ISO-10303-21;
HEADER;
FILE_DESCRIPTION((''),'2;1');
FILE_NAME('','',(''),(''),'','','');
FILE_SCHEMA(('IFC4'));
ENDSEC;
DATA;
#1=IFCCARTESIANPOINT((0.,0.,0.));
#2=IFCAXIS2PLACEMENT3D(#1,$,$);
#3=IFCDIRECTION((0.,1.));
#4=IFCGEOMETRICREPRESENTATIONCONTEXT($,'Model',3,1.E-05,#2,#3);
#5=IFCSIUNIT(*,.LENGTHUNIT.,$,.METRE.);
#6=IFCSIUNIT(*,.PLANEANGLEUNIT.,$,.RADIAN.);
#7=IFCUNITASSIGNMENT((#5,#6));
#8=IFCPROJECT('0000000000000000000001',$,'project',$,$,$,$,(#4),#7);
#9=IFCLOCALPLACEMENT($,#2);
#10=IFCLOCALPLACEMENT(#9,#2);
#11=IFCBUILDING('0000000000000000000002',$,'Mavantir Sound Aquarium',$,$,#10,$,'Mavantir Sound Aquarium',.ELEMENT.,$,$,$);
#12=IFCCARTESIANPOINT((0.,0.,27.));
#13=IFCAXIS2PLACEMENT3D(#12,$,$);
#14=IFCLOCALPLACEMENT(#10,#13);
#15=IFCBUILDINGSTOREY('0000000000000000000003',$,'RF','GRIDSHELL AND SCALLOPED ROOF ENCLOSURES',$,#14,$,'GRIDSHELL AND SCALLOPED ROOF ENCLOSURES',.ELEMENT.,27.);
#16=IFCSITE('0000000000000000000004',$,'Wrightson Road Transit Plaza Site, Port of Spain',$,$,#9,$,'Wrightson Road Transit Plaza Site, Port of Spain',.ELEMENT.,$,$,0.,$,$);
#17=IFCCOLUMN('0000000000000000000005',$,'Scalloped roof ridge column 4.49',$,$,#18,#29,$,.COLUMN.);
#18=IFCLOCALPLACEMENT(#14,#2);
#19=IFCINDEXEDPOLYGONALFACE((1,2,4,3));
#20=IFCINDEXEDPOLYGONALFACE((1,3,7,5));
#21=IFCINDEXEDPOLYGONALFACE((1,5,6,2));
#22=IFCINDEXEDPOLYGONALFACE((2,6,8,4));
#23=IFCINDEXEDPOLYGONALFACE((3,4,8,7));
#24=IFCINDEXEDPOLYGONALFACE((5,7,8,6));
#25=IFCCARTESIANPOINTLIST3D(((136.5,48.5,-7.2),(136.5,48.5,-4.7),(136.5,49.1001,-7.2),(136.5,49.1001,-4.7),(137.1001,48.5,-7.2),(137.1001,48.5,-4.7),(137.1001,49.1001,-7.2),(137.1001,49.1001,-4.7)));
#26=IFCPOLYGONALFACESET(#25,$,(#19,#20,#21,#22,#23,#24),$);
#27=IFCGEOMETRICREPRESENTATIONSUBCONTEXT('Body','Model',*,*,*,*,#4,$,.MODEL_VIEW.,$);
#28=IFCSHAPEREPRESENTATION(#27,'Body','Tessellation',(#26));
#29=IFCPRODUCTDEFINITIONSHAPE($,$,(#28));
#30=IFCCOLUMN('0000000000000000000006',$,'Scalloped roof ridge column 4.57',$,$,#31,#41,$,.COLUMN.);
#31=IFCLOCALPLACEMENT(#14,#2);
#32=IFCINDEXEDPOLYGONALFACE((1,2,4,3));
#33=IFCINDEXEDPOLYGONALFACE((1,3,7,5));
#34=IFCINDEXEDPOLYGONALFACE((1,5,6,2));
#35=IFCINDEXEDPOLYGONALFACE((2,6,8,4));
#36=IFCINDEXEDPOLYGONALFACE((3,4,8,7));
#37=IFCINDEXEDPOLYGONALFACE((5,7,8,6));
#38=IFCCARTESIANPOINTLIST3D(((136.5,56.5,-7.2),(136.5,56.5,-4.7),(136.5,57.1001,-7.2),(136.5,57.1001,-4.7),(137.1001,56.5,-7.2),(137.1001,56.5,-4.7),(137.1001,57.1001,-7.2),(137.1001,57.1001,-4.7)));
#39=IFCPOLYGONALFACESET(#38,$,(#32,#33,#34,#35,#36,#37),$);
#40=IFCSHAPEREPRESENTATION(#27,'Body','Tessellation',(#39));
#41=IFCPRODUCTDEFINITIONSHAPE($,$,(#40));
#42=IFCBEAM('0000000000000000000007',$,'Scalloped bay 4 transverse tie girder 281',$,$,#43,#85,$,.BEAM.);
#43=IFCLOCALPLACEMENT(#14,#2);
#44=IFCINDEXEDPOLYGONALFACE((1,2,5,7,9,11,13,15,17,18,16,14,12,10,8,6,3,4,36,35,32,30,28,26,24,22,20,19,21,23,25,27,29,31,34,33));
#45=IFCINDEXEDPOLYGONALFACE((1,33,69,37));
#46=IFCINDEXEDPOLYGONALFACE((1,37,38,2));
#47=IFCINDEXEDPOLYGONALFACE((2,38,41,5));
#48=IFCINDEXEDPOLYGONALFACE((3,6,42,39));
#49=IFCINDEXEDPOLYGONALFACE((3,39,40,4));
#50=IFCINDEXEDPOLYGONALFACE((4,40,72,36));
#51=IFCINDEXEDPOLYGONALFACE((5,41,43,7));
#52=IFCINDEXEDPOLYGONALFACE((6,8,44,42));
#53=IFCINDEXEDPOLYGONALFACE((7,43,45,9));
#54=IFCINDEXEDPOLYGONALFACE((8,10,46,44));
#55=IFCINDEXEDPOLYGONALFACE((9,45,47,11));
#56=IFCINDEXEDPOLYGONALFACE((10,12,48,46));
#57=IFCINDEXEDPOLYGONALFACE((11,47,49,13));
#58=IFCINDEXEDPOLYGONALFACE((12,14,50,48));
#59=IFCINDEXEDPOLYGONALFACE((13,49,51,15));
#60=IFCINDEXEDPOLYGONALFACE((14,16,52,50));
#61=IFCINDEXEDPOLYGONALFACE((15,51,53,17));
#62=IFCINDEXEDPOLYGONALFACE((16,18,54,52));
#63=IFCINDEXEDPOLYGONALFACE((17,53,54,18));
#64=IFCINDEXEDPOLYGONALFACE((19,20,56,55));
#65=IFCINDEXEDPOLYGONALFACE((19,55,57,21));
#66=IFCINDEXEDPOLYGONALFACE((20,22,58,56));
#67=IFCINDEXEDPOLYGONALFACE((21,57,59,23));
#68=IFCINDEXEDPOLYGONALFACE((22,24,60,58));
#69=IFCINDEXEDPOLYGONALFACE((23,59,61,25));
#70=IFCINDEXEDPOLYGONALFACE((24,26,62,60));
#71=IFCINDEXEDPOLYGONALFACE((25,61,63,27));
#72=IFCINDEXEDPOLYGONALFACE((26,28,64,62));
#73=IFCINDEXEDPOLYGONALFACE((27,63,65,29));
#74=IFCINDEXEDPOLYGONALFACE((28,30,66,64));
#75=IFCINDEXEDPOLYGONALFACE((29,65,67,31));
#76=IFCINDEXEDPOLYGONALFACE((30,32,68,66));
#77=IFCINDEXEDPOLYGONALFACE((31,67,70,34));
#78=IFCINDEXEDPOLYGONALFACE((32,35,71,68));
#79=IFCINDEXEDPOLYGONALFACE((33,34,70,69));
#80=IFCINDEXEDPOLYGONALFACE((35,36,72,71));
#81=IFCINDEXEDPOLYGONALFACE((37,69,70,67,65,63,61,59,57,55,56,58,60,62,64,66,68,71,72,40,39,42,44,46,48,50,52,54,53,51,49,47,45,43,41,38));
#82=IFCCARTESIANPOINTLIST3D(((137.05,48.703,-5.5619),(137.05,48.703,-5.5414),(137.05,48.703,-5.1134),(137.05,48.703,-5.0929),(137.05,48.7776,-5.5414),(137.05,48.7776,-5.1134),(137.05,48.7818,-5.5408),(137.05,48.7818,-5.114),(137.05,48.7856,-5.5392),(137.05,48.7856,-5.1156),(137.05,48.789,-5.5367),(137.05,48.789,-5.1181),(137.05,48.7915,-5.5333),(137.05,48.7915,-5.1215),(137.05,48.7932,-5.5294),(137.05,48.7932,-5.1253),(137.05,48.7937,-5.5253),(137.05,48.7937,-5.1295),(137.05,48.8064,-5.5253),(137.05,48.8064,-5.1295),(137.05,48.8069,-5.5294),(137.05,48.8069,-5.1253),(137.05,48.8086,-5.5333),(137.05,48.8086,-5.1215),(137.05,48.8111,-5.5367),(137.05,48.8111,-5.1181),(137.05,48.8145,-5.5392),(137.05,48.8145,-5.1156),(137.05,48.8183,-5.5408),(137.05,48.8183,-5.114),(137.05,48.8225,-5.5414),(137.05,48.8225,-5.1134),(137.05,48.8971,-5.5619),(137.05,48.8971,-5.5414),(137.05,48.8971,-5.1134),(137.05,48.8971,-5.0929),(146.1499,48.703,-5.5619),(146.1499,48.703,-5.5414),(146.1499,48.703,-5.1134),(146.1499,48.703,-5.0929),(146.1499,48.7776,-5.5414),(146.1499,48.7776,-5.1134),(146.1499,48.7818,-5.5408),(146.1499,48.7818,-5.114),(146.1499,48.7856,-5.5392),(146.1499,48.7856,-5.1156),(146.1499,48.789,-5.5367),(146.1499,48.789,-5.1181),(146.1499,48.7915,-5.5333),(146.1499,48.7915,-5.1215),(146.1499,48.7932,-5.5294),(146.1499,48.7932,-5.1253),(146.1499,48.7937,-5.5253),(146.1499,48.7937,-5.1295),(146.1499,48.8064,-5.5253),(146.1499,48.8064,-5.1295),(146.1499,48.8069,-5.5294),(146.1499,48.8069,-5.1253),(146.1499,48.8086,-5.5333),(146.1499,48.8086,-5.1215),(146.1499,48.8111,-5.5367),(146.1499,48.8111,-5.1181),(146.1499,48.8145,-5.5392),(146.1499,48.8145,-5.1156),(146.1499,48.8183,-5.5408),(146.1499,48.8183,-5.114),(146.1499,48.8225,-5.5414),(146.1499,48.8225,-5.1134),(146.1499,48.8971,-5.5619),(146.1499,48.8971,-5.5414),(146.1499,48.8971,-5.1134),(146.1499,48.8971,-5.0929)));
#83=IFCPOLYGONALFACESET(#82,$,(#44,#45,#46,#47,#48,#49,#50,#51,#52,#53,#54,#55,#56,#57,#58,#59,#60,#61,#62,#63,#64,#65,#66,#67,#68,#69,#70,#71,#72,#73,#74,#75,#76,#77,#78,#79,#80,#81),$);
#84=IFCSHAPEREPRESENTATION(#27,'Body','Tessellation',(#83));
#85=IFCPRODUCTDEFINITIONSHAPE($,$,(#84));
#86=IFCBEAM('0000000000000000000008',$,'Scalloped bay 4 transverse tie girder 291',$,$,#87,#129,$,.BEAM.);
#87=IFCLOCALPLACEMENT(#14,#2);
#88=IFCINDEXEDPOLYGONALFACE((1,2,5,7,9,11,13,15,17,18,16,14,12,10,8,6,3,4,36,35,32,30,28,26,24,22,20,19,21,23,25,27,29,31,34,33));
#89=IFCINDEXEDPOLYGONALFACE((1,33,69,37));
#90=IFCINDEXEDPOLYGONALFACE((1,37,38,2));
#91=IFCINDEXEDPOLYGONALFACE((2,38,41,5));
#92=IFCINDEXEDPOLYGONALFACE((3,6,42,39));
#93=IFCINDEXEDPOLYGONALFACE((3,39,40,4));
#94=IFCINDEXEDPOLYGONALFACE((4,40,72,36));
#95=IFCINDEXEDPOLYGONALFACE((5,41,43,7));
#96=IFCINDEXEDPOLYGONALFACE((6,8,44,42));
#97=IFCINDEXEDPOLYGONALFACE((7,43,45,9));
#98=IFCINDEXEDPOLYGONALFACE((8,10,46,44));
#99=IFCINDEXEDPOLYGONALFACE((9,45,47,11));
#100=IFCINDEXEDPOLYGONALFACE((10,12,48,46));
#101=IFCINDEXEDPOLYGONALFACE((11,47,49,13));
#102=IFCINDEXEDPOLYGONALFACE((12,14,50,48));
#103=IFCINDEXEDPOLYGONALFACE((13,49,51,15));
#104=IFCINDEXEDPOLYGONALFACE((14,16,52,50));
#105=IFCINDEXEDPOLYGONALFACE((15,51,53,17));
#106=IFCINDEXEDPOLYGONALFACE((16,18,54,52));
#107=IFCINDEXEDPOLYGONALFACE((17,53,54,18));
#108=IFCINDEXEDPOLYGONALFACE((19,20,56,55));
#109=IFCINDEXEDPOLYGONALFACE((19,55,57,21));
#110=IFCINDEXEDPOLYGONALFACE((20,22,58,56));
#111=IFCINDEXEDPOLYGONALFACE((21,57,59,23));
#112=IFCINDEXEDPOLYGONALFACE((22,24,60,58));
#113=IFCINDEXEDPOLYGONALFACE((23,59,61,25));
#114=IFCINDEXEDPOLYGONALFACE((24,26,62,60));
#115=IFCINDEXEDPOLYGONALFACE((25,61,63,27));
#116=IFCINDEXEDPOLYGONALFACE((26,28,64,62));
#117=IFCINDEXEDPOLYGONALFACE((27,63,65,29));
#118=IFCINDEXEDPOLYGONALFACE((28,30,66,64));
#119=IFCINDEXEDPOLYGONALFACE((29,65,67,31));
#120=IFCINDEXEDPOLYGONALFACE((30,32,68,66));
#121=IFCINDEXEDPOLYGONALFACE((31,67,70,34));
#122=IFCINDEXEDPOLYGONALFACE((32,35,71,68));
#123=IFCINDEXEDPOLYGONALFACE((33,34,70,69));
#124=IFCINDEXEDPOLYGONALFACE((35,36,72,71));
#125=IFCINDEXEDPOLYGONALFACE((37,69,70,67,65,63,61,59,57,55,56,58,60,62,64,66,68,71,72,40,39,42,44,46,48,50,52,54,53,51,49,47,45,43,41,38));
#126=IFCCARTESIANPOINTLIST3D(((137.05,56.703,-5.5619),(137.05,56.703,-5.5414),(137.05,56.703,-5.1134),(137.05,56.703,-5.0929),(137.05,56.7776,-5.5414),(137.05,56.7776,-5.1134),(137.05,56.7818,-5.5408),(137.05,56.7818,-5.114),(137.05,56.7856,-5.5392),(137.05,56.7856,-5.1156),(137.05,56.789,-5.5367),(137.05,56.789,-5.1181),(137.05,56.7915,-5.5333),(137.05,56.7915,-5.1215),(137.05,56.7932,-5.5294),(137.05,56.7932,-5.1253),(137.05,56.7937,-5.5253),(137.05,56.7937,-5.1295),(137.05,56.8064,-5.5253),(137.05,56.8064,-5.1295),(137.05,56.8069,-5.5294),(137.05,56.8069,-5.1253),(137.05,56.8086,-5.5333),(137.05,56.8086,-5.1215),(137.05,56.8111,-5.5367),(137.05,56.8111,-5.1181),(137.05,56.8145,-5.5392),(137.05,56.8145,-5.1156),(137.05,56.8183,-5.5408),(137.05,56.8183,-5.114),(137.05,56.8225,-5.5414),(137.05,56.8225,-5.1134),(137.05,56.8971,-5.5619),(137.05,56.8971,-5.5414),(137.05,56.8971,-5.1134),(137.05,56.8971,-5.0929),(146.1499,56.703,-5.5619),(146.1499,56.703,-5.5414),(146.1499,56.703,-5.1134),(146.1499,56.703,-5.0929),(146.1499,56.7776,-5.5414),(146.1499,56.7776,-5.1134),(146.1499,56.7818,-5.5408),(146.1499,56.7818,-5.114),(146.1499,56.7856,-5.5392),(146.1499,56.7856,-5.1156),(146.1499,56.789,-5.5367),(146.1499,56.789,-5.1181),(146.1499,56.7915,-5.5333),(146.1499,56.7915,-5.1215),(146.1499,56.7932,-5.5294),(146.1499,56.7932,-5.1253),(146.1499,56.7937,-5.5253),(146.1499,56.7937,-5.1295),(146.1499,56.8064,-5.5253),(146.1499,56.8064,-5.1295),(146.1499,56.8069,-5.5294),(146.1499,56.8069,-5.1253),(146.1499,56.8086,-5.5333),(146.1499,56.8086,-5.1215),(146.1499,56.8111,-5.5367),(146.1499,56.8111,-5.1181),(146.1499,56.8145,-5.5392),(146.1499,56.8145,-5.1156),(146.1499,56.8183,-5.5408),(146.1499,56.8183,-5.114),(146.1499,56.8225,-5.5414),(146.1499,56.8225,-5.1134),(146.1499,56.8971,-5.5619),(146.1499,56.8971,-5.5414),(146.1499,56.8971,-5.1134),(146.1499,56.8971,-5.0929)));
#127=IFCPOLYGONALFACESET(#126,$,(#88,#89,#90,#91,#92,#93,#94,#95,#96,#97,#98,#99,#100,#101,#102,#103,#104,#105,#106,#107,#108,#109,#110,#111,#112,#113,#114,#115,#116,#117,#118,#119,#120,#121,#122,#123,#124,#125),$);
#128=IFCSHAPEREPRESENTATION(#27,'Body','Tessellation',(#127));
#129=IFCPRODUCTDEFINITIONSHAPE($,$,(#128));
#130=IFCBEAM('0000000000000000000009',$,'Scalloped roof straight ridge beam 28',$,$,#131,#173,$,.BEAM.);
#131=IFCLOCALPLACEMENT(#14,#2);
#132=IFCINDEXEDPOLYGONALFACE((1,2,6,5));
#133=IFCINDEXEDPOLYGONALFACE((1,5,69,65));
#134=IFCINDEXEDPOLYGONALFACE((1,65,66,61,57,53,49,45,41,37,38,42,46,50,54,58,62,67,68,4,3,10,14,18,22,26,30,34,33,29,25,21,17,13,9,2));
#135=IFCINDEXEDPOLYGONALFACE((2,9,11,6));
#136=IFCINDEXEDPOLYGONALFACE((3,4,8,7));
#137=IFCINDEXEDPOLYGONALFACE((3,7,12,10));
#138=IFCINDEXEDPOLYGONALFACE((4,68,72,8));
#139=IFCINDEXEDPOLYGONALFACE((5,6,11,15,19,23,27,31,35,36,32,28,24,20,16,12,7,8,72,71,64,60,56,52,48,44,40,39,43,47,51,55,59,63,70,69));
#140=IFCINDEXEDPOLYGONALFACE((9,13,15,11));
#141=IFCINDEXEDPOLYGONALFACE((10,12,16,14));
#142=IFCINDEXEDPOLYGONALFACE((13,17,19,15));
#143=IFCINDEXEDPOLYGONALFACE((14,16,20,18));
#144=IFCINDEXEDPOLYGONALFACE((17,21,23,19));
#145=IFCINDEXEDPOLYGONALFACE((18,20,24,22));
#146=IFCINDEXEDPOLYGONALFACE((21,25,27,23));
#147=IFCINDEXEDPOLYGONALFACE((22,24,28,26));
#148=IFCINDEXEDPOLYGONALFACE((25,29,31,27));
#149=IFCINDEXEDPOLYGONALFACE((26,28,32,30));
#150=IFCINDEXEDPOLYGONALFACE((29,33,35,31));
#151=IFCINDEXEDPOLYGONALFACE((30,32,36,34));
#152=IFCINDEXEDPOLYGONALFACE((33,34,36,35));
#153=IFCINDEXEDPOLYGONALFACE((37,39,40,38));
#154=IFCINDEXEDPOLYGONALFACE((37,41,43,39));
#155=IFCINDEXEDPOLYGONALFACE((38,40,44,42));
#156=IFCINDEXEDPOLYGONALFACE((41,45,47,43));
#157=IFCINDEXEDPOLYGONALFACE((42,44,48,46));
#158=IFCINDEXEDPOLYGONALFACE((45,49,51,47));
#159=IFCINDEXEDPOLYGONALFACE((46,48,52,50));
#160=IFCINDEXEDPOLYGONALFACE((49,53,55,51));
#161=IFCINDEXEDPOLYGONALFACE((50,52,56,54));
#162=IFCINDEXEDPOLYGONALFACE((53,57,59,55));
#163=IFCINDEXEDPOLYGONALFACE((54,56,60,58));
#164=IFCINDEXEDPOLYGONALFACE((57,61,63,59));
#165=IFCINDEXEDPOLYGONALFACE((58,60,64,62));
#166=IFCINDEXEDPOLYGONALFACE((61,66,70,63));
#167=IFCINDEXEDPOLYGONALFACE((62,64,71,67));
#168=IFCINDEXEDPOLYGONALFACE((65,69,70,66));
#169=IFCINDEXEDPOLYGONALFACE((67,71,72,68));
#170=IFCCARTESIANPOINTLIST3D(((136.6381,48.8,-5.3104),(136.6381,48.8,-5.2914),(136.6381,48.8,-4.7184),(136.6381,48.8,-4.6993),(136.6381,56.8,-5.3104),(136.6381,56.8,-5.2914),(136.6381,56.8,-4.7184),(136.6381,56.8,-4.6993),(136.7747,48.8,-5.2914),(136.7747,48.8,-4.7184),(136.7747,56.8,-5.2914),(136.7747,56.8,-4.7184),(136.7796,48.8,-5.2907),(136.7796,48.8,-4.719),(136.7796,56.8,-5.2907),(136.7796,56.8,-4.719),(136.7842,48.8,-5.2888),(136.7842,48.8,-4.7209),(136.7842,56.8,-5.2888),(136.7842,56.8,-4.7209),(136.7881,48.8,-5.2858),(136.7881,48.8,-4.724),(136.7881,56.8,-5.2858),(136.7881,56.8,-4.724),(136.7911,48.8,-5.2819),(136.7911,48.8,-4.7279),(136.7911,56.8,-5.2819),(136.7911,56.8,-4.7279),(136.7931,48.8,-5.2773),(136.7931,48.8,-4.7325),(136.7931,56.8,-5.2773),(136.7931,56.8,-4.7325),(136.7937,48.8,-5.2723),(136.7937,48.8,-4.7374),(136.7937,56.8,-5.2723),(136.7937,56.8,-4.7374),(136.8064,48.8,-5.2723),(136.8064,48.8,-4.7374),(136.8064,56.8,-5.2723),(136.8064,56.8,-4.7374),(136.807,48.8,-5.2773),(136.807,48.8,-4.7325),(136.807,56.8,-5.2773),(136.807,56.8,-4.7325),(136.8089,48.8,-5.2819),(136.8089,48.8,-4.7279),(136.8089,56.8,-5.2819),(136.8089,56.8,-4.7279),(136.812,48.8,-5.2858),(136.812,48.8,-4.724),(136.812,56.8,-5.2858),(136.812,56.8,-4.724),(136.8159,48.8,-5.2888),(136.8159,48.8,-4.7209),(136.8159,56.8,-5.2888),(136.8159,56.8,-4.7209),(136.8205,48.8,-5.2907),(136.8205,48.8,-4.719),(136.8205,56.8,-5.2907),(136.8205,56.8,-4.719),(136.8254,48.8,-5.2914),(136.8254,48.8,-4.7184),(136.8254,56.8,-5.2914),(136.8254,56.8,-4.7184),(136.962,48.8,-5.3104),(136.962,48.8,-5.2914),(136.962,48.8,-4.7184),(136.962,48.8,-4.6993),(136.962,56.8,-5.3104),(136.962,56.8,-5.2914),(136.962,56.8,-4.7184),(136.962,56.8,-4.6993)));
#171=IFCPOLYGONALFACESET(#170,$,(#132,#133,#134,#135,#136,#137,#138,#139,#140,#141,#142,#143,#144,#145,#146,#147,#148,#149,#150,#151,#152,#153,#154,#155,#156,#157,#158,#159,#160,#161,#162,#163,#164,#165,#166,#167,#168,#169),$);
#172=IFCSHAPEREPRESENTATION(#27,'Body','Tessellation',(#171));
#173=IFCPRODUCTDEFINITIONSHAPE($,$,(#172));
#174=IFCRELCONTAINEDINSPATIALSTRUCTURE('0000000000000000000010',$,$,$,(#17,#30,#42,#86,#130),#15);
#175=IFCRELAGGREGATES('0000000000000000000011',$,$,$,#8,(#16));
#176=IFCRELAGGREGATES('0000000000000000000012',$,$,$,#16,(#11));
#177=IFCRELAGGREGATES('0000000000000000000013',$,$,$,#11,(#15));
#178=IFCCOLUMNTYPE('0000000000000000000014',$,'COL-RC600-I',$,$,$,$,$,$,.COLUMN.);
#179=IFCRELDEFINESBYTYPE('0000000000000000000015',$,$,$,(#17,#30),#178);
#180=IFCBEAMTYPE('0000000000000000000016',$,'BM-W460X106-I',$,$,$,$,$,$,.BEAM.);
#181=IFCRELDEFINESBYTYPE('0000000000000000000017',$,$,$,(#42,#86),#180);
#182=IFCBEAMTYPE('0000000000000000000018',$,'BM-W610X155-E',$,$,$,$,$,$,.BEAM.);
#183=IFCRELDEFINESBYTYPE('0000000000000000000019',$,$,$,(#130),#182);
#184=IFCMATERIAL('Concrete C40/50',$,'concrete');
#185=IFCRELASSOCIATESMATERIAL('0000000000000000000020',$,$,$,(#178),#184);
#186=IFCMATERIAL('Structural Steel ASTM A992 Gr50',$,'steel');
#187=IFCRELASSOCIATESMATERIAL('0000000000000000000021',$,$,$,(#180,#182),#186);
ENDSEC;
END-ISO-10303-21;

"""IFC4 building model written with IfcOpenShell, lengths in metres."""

from ifc_helpers import new_model, si_unit, direction, frame, origin, origin_2d, place, context, subcontext, project, spatial, rectangle, i_section, extrude, material, material_profile, profile_set, type_object, element, save


model = new_model("IFC4")

# Units and contexts
model_context = context("Model", 3, precision=1e-05, world=origin(), true_north=direction((0.0, 1.0)))
body_context = subcontext(model_context, "Body", "Model", "MODEL_VIEW")
ifc_project = project(units=[si_unit("LENGTHUNIT", "METRE"), si_unit("PLANEANGLEUNIT", "RADIAN")], contexts=[model_context])

# Site, building, storey
site_placement = place(None, origin())
site = spatial("IfcSite", under=ifc_project, at=site_placement, Name="Wrightson Road Transit Plaza Site, Port of Spain", LongName="Wrightson Road Transit Plaza Site, Port of Spain", CompositionType="ELEMENT", RefElevation=0.0)
building_placement = place(site_placement, origin())
building = spatial("IfcBuilding", under=site, at=building_placement, Name="Mavantir Sound Aquarium", LongName="Mavantir Sound Aquarium", CompositionType="ELEMENT")
storey_placement = place(building_placement, frame((0.0, 0.0, 27.0)))
storey = spatial("IfcBuildingStorey", under=building, at=storey_placement, Name="RF", Description="GRIDSHELL AND SCALLOPED ROOF ENCLOSURES", LongName="GRIDSHELL AND SCALLOPED ROOF ENCLOSURES", CompositionType="ELEMENT", Elevation=27.0)

# Columns
ifc_material_1 = material(Name="Concrete C40/50", Category="concrete")
ifc_material_profile_1 = material_profile(ifc_material_1, rectangle(XDim=0.6001, YDim=0.6001, at=origin_2d()), Name="RC 600X600")
ifc_profile_set_1 = profile_set([ifc_material_profile_1], Name="Concrete C40/50")
column_type = type_object("IfcColumnType", Name="COL-RC600-I", PredefinedType="COLUMN", material=ifc_profile_set_1)
for number, where, z_axis, x_axis, name in (
    (1, (136.8, 48.8, -7.2), (0.0, 0.0, 1.0), (1.0, 0.0, 0.0), "Scalloped roof ridge column 4.49"),
    (2, (136.8, 56.8, -7.2), (0.0, 0.0, 1.0), (1.0, 0.0, 0.0), "Scalloped roof ridge column 4.57"),
):
    element("IfcColumn", number, at=place(storey_placement, frame(where, z_axis=z_axis, x_axis=x_axis)), inside=storey, type_object=column_type, Name=name, PredefinedType="COLUMN", context=body_context, shape_type="SweptSolid", body=[
        extrude(rectangle(XDim=0.6001, YDim=0.6001, at=origin_2d()), origin(), (0.0, 0.0, 1.0), 2.5),
    ])

# Beams
ifc_material_2 = material(Name="Structural Steel ASTM A992 Gr50", Category="steel")
ifc_material_profile_2 = material_profile(ifc_material_2, i_section(OverallWidth=0.1941, OverallDepth=0.469, WebThickness=0.0127, FlangeThickness=0.0205, FilletRadius=0.0161, at=origin_2d()), Name="W460X106")
ifc_profile_set_2 = profile_set([ifc_material_profile_2], Name="Structural Steel ASTM A992 Gr50")
beam_type_1 = type_object("IfcBeamType", Name="BM-W460X106-I", PredefinedType="BEAM", material=ifc_profile_set_2)
for number, where, z_axis, x_axis, name in (
    (3, (137.05, 48.8, -5.3274), (1.0, 0.0, 0.0), (0.0, 1.0, 0.0), "Scalloped bay 4 transverse tie girder 281"),
    (4, (137.05, 56.8, -5.3274), (1.0, 0.0, 0.0), (0.0, 1.0, 0.0), "Scalloped bay 4 transverse tie girder 291"),
):
    element("IfcBeam", number, at=place(storey_placement, frame(where, z_axis=z_axis, x_axis=x_axis)), inside=storey, type_object=beam_type_1, Name=name, PredefinedType="BEAM", context=body_context, shape_type="SweptSolid", body=[
        extrude(i_section(OverallWidth=0.1941, OverallDepth=0.469, WebThickness=0.0127, FlangeThickness=0.0205, FilletRadius=0.0161, at=origin_2d()), origin(), (0.0, 0.0, 1.0), 9.0999),
    ])
ifc_material_profile_3 = material_profile(ifc_material_2, i_section(OverallWidth=0.324, OverallDepth=0.6111, WebThickness=0.0127, FlangeThickness=0.019, FilletRadius=0.019, at=origin_2d()), Name="W610X155")
ifc_profile_set_3 = profile_set([ifc_material_profile_3], Name="Structural Steel ASTM A992 Gr50")
beam_type_2 = type_object("IfcBeamType", Name="BM-W610X155-E", PredefinedType="BEAM", material=ifc_profile_set_3)
beam_1_placement = place(storey_placement, frame((136.8, 48.8, -5.0049), z_axis=(0.0, 1.0, 0.0), x_axis=(-1.0, 0.0, 0.0)))
element("IfcBeam", 5, at=beam_1_placement, inside=storey, type_object=beam_type_2, Name="Scalloped roof straight ridge beam 28", PredefinedType="BEAM", context=body_context, shape_type="SweptSolid", body=[
    extrude(i_section(OverallWidth=0.324, OverallDepth=0.6111, WebThickness=0.0127, FlangeThickness=0.019, FilletRadius=0.019, at=origin_2d()), origin(), (0.0, 0.0, 1.0), 8.0),
])

save(model, "model.ifc")
